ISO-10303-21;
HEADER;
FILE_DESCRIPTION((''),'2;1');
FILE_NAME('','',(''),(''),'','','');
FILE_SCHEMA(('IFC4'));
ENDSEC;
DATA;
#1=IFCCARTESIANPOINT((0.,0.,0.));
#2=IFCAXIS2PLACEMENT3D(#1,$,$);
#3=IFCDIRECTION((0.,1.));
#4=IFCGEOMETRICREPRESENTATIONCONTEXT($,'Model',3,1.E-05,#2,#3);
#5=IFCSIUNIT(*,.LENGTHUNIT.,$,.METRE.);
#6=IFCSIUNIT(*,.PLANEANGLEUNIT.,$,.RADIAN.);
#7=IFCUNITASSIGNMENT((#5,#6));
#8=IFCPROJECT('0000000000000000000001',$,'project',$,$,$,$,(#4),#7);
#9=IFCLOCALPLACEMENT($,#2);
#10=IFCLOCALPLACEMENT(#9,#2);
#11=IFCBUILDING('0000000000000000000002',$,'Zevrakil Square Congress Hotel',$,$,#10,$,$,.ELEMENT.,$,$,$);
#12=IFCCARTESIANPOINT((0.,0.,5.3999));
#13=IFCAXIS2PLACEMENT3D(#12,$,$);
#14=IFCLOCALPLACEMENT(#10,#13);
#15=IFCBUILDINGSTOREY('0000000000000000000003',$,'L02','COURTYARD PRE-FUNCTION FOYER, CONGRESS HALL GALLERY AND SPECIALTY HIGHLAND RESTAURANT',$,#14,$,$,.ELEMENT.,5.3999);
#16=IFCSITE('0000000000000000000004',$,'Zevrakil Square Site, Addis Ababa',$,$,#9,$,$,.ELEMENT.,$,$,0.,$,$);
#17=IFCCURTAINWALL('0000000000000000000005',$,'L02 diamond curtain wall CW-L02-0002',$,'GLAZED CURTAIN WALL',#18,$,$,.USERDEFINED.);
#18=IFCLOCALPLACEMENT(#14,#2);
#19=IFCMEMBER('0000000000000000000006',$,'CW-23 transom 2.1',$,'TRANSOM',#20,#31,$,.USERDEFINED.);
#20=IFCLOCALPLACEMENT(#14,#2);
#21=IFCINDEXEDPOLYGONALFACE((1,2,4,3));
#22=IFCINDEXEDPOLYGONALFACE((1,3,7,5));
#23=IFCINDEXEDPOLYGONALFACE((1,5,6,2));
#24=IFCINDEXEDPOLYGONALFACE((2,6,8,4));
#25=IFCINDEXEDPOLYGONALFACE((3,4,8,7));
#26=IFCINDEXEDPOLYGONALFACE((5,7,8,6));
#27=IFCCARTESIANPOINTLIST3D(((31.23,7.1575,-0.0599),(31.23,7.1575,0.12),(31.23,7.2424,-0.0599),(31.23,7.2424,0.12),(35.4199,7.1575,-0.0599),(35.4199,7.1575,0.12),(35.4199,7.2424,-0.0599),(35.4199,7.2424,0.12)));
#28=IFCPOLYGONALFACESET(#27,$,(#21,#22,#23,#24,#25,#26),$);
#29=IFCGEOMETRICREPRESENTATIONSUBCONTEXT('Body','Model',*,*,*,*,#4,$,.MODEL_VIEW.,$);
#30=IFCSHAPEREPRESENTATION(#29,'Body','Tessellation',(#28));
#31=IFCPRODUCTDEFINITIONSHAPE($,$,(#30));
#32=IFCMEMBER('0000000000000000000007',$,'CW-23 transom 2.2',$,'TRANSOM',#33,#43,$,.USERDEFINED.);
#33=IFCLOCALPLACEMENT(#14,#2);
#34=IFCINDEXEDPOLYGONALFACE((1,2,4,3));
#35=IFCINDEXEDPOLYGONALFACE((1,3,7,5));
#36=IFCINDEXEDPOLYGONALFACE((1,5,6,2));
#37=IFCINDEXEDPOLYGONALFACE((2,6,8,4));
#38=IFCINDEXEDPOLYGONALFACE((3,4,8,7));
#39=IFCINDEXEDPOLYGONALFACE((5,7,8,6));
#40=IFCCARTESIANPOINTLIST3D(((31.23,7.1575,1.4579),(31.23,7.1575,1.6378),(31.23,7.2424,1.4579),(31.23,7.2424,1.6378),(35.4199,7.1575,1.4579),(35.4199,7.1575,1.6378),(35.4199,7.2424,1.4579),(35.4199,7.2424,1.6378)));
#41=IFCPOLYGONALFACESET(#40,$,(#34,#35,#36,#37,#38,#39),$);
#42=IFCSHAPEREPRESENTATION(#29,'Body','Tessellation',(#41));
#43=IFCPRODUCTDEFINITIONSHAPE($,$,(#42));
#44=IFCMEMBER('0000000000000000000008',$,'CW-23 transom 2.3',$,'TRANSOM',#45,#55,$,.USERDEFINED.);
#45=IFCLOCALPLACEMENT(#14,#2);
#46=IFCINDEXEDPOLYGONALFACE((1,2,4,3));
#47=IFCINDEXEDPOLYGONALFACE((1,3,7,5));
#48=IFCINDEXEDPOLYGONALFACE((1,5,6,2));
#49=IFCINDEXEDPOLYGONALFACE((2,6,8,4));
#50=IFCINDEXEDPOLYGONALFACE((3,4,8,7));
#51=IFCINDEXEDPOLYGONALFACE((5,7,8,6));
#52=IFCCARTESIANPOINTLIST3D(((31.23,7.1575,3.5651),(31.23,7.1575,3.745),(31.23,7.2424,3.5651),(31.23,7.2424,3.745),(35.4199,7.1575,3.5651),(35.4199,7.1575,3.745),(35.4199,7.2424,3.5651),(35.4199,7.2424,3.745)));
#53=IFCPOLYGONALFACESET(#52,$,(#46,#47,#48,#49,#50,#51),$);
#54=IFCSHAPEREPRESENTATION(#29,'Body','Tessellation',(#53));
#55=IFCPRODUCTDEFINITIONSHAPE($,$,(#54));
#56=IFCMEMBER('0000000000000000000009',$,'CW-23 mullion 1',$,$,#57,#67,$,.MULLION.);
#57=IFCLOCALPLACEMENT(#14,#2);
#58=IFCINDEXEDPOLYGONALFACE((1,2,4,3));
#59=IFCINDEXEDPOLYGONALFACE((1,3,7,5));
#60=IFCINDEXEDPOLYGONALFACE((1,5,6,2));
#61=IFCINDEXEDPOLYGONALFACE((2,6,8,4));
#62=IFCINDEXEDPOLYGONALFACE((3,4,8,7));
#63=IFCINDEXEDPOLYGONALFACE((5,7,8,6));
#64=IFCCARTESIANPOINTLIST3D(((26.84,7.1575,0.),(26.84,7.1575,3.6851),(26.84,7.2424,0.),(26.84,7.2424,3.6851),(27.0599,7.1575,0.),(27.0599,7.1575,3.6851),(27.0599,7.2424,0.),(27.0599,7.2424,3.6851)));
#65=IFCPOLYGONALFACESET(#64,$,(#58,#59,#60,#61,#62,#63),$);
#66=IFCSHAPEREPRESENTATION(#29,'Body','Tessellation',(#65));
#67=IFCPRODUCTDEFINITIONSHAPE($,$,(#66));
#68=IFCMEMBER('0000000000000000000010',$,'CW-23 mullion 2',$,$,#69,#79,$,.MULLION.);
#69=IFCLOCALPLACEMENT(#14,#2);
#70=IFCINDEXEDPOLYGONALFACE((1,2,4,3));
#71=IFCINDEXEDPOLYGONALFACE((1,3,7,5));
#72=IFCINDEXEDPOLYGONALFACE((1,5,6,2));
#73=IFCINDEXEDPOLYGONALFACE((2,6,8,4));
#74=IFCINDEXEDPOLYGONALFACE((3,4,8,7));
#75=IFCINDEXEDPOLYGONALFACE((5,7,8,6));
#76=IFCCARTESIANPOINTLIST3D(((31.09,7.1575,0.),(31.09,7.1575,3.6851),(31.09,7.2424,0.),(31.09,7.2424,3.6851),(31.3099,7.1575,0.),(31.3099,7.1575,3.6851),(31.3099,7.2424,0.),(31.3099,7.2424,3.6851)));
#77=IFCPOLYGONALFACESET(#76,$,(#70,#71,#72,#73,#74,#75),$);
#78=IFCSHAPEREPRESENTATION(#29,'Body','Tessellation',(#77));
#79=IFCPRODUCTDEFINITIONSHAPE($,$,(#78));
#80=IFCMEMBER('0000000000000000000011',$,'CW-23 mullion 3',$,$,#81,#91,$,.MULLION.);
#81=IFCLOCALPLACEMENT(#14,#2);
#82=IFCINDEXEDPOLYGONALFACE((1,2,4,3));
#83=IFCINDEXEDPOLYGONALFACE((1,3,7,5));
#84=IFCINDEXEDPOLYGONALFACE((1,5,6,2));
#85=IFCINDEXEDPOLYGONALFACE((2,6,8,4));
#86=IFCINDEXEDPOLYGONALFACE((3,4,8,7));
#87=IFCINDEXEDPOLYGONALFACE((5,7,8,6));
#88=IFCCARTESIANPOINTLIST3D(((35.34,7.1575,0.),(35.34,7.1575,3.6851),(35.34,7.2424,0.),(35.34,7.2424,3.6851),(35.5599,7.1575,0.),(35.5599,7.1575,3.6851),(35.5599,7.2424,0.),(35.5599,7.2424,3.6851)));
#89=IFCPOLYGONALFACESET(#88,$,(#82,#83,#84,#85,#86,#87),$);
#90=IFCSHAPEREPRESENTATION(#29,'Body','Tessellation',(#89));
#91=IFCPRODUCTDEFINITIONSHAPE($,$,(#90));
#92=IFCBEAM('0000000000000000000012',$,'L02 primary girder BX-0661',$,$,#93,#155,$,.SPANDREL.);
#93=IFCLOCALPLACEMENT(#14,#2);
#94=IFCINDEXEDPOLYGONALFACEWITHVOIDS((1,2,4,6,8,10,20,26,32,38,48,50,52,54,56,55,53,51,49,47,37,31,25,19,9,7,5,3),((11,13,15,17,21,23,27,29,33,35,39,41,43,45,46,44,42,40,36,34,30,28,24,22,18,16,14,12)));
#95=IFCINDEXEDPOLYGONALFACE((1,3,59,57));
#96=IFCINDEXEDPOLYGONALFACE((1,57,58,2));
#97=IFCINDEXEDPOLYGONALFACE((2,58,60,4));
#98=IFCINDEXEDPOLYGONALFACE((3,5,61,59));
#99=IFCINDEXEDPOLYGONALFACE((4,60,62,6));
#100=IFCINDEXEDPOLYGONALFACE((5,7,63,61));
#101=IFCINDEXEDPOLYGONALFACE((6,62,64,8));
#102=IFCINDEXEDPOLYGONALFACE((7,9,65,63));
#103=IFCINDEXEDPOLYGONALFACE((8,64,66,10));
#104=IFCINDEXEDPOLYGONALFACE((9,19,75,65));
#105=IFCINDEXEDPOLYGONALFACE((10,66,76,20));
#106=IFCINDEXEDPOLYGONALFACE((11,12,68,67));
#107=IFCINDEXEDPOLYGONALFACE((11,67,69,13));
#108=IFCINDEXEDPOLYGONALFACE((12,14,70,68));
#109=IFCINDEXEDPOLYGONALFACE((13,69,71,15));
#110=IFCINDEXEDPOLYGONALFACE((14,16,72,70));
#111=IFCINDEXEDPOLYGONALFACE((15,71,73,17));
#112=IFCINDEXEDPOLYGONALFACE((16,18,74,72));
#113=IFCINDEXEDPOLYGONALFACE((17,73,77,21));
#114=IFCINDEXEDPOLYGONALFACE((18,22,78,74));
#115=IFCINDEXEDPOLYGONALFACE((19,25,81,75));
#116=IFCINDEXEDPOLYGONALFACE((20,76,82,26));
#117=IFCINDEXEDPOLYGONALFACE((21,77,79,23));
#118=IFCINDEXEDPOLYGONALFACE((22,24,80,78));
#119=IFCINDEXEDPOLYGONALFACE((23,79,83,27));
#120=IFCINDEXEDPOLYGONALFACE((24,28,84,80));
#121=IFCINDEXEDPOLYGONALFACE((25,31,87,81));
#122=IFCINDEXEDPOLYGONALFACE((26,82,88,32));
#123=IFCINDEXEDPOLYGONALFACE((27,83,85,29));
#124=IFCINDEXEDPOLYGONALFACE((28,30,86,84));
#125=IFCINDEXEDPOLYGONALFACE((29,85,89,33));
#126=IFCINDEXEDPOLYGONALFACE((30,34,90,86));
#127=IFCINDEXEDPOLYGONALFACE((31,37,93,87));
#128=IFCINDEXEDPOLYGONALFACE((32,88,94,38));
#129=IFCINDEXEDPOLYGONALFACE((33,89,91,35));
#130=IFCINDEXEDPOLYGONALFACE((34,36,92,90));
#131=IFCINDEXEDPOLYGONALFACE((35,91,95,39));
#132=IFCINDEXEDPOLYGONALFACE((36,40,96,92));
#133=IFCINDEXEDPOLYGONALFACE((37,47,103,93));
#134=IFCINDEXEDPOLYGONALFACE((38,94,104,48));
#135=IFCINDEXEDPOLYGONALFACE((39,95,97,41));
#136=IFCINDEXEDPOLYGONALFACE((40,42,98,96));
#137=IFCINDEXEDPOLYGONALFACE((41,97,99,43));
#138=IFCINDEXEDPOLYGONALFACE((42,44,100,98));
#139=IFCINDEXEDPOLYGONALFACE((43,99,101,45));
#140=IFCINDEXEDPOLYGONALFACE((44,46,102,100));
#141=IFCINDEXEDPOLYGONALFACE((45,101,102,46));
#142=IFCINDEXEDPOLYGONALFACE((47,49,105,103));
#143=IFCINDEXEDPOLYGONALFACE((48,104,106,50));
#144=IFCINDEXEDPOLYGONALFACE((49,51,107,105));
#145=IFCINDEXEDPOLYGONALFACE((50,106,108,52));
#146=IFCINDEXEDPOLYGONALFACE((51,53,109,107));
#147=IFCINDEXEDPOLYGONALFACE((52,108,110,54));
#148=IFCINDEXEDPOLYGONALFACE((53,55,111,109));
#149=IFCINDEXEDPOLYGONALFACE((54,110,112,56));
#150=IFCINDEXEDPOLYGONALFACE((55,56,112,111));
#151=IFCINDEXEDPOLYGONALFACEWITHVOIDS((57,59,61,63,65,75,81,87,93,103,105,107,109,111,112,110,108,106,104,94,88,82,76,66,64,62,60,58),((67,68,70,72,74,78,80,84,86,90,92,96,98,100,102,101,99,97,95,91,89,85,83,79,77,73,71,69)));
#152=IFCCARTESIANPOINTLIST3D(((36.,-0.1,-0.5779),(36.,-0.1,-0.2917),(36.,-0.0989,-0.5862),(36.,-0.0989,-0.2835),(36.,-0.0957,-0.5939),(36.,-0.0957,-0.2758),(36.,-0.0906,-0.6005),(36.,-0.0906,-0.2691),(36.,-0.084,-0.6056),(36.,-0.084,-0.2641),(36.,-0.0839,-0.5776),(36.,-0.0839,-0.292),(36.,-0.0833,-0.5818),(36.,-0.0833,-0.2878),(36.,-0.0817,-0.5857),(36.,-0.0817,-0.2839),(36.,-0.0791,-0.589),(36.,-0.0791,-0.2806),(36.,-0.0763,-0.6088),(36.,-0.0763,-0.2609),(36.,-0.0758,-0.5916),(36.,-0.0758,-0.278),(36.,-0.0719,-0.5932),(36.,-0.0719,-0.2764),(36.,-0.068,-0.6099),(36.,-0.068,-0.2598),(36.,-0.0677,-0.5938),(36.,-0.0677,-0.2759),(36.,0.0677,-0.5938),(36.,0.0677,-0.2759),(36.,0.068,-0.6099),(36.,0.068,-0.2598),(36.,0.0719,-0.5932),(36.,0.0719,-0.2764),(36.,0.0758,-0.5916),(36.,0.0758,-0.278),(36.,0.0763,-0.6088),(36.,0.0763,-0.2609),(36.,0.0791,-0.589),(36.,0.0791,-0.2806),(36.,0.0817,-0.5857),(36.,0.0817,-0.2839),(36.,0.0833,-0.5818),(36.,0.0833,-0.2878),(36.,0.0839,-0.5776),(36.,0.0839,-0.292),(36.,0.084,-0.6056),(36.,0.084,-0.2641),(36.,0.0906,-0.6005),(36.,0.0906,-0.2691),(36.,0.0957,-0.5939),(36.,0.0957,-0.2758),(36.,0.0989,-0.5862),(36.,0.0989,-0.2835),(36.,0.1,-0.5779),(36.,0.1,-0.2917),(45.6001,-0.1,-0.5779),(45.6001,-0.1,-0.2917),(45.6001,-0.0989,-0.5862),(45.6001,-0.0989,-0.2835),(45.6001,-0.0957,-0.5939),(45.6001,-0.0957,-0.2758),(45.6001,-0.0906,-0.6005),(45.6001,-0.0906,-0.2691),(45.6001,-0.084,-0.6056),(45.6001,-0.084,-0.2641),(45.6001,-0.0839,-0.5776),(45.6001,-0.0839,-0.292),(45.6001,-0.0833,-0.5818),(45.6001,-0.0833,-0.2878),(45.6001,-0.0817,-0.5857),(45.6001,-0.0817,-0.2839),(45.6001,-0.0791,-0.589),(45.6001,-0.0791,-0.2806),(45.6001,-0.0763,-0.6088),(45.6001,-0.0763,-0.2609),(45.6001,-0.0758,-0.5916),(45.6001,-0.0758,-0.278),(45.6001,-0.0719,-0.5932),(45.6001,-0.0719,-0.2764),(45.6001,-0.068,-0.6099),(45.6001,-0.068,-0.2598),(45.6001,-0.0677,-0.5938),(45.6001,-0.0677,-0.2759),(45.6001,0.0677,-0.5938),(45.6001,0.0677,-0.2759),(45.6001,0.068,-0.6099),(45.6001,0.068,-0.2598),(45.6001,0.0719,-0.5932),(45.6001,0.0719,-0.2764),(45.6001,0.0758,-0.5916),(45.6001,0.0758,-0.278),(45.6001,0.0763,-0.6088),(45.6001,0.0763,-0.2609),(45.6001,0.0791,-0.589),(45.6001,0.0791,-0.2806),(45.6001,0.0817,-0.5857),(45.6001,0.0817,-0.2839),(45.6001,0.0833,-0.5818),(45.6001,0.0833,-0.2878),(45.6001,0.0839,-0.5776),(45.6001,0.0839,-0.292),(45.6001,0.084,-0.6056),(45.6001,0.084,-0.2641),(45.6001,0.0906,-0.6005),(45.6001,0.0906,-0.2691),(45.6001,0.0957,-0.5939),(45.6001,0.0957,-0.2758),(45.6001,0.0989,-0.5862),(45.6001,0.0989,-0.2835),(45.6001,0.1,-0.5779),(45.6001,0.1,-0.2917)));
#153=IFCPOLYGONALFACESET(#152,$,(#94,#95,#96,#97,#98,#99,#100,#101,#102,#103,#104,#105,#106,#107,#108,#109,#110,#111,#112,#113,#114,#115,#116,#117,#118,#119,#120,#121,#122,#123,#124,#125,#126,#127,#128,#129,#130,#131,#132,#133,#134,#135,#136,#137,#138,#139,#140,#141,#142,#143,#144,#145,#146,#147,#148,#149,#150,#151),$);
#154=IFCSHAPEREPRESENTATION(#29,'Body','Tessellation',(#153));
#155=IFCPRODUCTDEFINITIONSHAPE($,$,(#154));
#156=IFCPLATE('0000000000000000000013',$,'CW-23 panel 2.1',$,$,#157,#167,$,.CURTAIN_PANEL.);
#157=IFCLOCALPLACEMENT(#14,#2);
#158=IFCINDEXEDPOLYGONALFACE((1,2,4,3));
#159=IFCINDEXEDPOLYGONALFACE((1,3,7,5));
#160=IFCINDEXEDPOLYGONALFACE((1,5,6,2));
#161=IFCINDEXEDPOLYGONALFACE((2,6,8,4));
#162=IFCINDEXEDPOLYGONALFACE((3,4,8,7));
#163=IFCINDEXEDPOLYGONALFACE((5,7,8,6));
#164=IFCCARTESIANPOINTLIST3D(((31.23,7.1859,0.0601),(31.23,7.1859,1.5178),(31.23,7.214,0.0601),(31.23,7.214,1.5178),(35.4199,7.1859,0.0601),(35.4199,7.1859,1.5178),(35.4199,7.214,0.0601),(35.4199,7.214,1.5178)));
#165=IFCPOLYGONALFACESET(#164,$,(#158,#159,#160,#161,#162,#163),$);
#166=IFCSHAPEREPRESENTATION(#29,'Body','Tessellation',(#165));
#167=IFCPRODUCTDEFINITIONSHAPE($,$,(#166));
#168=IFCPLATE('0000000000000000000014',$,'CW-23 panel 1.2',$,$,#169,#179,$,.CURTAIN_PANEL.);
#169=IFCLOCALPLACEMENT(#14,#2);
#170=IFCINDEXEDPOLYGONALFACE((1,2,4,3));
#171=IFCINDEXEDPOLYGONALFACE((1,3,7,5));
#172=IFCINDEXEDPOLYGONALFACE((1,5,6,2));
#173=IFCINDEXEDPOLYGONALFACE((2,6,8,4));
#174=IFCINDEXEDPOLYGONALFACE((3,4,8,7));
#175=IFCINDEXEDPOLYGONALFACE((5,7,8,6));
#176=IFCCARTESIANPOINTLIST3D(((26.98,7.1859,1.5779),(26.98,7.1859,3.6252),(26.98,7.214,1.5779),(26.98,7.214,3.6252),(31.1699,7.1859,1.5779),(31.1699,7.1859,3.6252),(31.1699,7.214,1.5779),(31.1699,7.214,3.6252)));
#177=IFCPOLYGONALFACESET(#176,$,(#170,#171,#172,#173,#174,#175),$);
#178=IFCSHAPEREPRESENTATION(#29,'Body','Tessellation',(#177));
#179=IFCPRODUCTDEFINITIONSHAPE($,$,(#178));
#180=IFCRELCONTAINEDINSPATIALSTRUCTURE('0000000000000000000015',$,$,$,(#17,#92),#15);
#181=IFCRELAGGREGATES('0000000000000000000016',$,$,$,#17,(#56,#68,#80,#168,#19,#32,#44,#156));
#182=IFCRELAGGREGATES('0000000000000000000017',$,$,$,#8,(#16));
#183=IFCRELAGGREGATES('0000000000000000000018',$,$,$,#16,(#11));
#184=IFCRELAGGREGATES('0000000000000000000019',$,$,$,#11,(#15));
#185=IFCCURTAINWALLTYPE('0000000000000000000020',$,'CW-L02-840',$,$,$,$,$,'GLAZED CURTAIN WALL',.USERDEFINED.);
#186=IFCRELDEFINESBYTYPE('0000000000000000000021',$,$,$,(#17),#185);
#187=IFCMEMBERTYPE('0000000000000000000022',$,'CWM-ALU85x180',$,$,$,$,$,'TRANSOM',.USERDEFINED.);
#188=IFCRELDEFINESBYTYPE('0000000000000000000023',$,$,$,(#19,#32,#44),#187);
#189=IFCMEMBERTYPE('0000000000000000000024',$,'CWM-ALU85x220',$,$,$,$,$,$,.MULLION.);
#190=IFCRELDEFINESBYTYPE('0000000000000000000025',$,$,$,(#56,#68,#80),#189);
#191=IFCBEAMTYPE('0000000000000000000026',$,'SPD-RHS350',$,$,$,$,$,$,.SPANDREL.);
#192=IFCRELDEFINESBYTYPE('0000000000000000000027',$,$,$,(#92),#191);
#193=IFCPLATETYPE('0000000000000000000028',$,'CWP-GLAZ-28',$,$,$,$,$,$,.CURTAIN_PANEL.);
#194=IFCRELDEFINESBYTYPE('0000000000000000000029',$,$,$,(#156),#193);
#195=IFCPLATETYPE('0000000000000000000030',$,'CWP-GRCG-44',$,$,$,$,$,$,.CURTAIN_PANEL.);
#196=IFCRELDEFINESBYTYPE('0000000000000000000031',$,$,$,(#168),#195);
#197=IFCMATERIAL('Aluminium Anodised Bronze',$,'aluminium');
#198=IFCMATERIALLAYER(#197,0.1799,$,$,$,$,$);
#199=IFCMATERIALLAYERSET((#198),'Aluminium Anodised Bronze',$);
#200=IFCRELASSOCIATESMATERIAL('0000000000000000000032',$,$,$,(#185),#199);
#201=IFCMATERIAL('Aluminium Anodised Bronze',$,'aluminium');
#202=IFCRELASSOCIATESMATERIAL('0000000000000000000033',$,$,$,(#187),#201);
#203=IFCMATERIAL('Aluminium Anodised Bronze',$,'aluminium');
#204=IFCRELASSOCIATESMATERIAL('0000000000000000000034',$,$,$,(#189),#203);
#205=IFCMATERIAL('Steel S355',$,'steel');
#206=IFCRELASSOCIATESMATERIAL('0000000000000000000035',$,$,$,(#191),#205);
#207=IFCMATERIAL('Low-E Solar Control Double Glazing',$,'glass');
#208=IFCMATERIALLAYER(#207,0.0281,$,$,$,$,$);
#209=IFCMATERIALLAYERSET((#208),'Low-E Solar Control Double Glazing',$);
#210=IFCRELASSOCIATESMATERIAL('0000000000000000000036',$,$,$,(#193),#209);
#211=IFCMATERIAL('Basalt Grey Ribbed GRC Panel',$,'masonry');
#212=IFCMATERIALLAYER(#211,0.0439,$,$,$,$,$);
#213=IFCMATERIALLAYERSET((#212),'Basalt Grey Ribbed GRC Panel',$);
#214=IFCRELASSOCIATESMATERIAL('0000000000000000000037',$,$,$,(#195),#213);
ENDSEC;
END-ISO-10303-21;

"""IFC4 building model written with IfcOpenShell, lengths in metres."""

from ifc_helpers import new_model, si_unit, direction, frame, origin, origin_2d, place, context, subcontext, project, spatial, rectangle, hollow_rectangle, extrude, material, layer, layer_set, material_profile, profile_set, type_object, element, aggregate, save


model = new_model("IFC4")

# Units and contexts
model_context = context("Model", 3, precision=1e-05, world=origin(), true_north=direction((0.0, 1.0)))
body_context = subcontext(model_context, "Body", "Model", "MODEL_VIEW")
ifc_project = project(units=[si_unit("LENGTHUNIT", "METRE"), si_unit("PLANEANGLEUNIT", "RADIAN")], contexts=[model_context])

# Site, building, storey
site_placement = place(None, origin())
site = spatial("IfcSite", under=ifc_project, at=site_placement, Name="Zevrakil Square Site, Addis Ababa", CompositionType="ELEMENT", RefElevation=0.0)
building_placement = place(site_placement, origin())
building = spatial("IfcBuilding", under=site, at=building_placement, Name="Zevrakil Square Congress Hotel", CompositionType="ELEMENT")
storey_placement = place(building_placement, frame((0.0, 0.0, 5.3999)))
storey = spatial("IfcBuildingStorey", under=building, at=storey_placement, Name="L02", Description="COURTYARD PRE-FUNCTION FOYER, CONGRESS HALL GALLERY AND SPECIALTY HIGHLAND RESTAURANT", CompositionType="ELEMENT", Elevation=5.3999)

# Curtain wall, members
ifc_material_1 = material(Name="Aluminium Anodised Bronze", Category="aluminium")
ifc_layer_1 = layer(ifc_material_1, 0.1799)
ifc_layer_set_1 = layer_set([ifc_layer_1], Name="Aluminium Anodised Bronze")
curtain_wall_type = type_object("IfcCurtainWallType", Name="CW-L02-840", ElementType="GLAZED CURTAIN WALL", PredefinedType="USERDEFINED", material=ifc_layer_set_1)
curtain_wall_placement = place(storey_placement, origin())
curtain_wall = element("IfcCurtainWall", 1, at=curtain_wall_placement, inside=storey, type_object=curtain_wall_type, Name="L02 diamond curtain wall CW-L02-0002", ObjectType="GLAZED CURTAIN WALL", PredefinedType="USERDEFINED")
ifc_material_2 = material(Name="Aluminium Anodised Bronze", Category="aluminium")
ifc_material_profile_1 = material_profile(ifc_material_2, rectangle(XDim=0.085, YDim=0.1799, at=origin_2d()), Name="ALU 85x180")
ifc_profile_set_1 = profile_set([ifc_material_profile_1], Name="Aluminium Anodised Bronze")
member_type_1 = type_object("IfcMemberType", Name="CWM-ALU85x180", ElementType="TRANSOM", PredefinedType="USERDEFINED", material=ifc_profile_set_1)
member_1_placement = place(storey_placement, frame((31.23, 7.2, 0.03), z_axis=(1.0, 0.0, 0.0), x_axis=(0.0, 1.0, 0.0)))
member_1 = element("IfcMember", 2, at=member_1_placement, type_object=member_type_1, Name="CW-23 transom 2.1", ObjectType="TRANSOM", PredefinedType="USERDEFINED", context=body_context, shape_type="SweptSolid", body=[
    extrude(rectangle(XDim=0.085, YDim=0.1799, at=origin_2d()), origin(), (0.0, 0.0, 1.0), 4.1899),
])
member_2_placement = place(storey_placement, frame((31.23, 7.2, 1.5479), z_axis=(1.0, 0.0, 0.0), x_axis=(0.0, 1.0, 0.0)))
member_2 = element("IfcMember", 3, at=member_2_placement, type_object=member_type_1, Name="CW-23 transom 2.2", ObjectType="TRANSOM", PredefinedType="USERDEFINED", context=body_context, shape_type="SweptSolid", body=[
    extrude(rectangle(XDim=0.085, YDim=0.1799, at=origin_2d()), origin(), (0.0, 0.0, 1.0), 4.1899),
])
member_3_placement = place(storey_placement, frame((31.23, 7.2, 3.655), z_axis=(1.0, 0.0, 0.0), x_axis=(0.0, 1.0, 0.0)))
member_3 = element("IfcMember", 4, at=member_3_placement, type_object=member_type_1, Name="CW-23 transom 2.3", ObjectType="TRANSOM", PredefinedType="USERDEFINED", context=body_context, shape_type="SweptSolid", body=[
    extrude(rectangle(XDim=0.085, YDim=0.1799, at=origin_2d()), origin(), (0.0, 0.0, 1.0), 4.1899),
])
ifc_material_3 = material(Name="Aluminium Anodised Bronze", Category="aluminium")
ifc_material_profile_2 = material_profile(ifc_material_3, rectangle(XDim=0.085, YDim=0.22, at=origin_2d()), Name="ALU 85x220")
ifc_profile_set_2 = profile_set([ifc_material_profile_2], Name="Aluminium Anodised Bronze")
member_type_2 = type_object("IfcMemberType", Name="CWM-ALU85x220", PredefinedType="MULLION", material=ifc_profile_set_2)
member_4_placement = place(storey_placement, frame((26.95, 7.2, 0.0), z_axis=(0.0, 0.0, 1.0), x_axis=(0.0, 1.0, 0.0)))
member_4 = element("IfcMember", 5, at=member_4_placement, type_object=member_type_2, Name="CW-23 mullion 1", PredefinedType="MULLION", context=body_context, shape_type="SweptSolid", body=[
    extrude(rectangle(XDim=0.085, YDim=0.22, at=origin_2d()), origin(), (0.0, 0.0, 1.0), 3.6851),
])
member_5_placement = place(storey_placement, frame((31.2, 7.2, 0.0), z_axis=(0.0, 0.0, 1.0), x_axis=(0.0, 1.0, 0.0)))
member_5 = element("IfcMember", 6, at=member_5_placement, type_object=member_type_2, Name="CW-23 mullion 2", PredefinedType="MULLION", context=body_context, shape_type="SweptSolid", body=[
    extrude(rectangle(XDim=0.085, YDim=0.22, at=origin_2d()), origin(), (0.0, 0.0, 1.0), 3.6851),
])
member_6_placement = place(storey_placement, frame((35.45, 7.2, 0.0), z_axis=(0.0, 0.0, 1.0), x_axis=(0.0, 1.0, 0.0)))
member_6 = element("IfcMember", 7, at=member_6_placement, type_object=member_type_2, Name="CW-23 mullion 3", PredefinedType="MULLION", context=body_context, shape_type="SweptSolid", body=[
    extrude(rectangle(XDim=0.085, YDim=0.22, at=origin_2d()), origin(), (0.0, 0.0, 1.0), 3.6851),
])

# Beam
ifc_material_4 = material(Name="Steel S355", Category="steel")
ifc_material_profile_3 = material_profile(ifc_material_4, hollow_rectangle(XDim=0.2, YDim=0.3501, WallThickness=0.0161, InnerFilletRadius=0.0161, OuterFilletRadius=0.032, at=origin_2d()), Name="RHS 350x200x16")
ifc_profile_set_3 = profile_set([ifc_material_profile_3], Name="Steel S355")
beam_type_1 = type_object("IfcBeamType", Name="SPD-RHS350", PredefinedType="SPANDREL", material=ifc_profile_set_3)
beam_1_placement = place(storey_placement, frame((36.0, 0.0, -0.4348), z_axis=(1.0, 0.0, 0.0), x_axis=(0.0, 1.0, 0.0)))
element("IfcBeam", 8, at=beam_1_placement, inside=storey, type_object=beam_type_1, Name="L02 primary girder BX-0661", PredefinedType="SPANDREL", context=body_context, shape_type="SweptSolid", body=[
    extrude(hollow_rectangle(XDim=0.2, YDim=0.3501, WallThickness=0.0161, InnerFilletRadius=0.0161, OuterFilletRadius=0.032, at=origin_2d()), origin(), (0.0, 0.0, 1.0), 9.6001),
])

# Plates
ifc_material_5 = material(Name="Low-E Solar Control Double Glazing", Category="glass")
ifc_layer_2 = layer(ifc_material_5, 0.0281)
ifc_layer_set_2 = layer_set([ifc_layer_2], Name="Low-E Solar Control Double Glazing")
plate_type_1 = type_object("IfcPlateType", Name="CWP-GLAZ-28", PredefinedType="CURTAIN_PANEL", material=ifc_layer_set_2)
plate_1_placement = place(storey_placement, frame((33.325, 7.2, 0.0601), z_axis=(0.0, 0.0, 1.0), x_axis=(1.0, 0.0, 0.0)))
plate_1 = element("IfcPlate", 9, at=plate_1_placement, type_object=plate_type_1, Name="CW-23 panel 2.1", PredefinedType="CURTAIN_PANEL", context=body_context, shape_type="SweptSolid", body=[
    extrude(rectangle(XDim=4.1899, YDim=0.0281, at=origin_2d()), origin(), (0.0, 0.0, 1.0), 1.4578),
])
ifc_material_6 = material(Name="Basalt Grey Ribbed GRC Panel", Category="masonry")
ifc_layer_3 = layer(ifc_material_6, 0.0439)
ifc_layer_set_3 = layer_set([ifc_layer_3], Name="Basalt Grey Ribbed GRC Panel")
plate_type_2 = type_object("IfcPlateType", Name="CWP-GRCG-44", PredefinedType="CURTAIN_PANEL", material=ifc_layer_set_3)
plate_2_placement = place(storey_placement, frame((29.075, 7.2, 1.5779), z_axis=(0.0, 0.0, 1.0), x_axis=(1.0, 0.0, 0.0)))
plate_2 = element("IfcPlate", 10, at=plate_2_placement, type_object=plate_type_2, Name="CW-23 panel 1.2", PredefinedType="CURTAIN_PANEL", context=body_context, shape_type="SweptSolid", body=[
    extrude(rectangle(XDim=4.1899, YDim=0.0281, at=origin_2d()), origin(), (0.0, 0.0, 1.0), 2.0474),
])
aggregate(curtain_wall, [member_4, member_5, member_6, plate_2, member_1, member_2, member_3, plate_1])

save(model, "model.ifc")
